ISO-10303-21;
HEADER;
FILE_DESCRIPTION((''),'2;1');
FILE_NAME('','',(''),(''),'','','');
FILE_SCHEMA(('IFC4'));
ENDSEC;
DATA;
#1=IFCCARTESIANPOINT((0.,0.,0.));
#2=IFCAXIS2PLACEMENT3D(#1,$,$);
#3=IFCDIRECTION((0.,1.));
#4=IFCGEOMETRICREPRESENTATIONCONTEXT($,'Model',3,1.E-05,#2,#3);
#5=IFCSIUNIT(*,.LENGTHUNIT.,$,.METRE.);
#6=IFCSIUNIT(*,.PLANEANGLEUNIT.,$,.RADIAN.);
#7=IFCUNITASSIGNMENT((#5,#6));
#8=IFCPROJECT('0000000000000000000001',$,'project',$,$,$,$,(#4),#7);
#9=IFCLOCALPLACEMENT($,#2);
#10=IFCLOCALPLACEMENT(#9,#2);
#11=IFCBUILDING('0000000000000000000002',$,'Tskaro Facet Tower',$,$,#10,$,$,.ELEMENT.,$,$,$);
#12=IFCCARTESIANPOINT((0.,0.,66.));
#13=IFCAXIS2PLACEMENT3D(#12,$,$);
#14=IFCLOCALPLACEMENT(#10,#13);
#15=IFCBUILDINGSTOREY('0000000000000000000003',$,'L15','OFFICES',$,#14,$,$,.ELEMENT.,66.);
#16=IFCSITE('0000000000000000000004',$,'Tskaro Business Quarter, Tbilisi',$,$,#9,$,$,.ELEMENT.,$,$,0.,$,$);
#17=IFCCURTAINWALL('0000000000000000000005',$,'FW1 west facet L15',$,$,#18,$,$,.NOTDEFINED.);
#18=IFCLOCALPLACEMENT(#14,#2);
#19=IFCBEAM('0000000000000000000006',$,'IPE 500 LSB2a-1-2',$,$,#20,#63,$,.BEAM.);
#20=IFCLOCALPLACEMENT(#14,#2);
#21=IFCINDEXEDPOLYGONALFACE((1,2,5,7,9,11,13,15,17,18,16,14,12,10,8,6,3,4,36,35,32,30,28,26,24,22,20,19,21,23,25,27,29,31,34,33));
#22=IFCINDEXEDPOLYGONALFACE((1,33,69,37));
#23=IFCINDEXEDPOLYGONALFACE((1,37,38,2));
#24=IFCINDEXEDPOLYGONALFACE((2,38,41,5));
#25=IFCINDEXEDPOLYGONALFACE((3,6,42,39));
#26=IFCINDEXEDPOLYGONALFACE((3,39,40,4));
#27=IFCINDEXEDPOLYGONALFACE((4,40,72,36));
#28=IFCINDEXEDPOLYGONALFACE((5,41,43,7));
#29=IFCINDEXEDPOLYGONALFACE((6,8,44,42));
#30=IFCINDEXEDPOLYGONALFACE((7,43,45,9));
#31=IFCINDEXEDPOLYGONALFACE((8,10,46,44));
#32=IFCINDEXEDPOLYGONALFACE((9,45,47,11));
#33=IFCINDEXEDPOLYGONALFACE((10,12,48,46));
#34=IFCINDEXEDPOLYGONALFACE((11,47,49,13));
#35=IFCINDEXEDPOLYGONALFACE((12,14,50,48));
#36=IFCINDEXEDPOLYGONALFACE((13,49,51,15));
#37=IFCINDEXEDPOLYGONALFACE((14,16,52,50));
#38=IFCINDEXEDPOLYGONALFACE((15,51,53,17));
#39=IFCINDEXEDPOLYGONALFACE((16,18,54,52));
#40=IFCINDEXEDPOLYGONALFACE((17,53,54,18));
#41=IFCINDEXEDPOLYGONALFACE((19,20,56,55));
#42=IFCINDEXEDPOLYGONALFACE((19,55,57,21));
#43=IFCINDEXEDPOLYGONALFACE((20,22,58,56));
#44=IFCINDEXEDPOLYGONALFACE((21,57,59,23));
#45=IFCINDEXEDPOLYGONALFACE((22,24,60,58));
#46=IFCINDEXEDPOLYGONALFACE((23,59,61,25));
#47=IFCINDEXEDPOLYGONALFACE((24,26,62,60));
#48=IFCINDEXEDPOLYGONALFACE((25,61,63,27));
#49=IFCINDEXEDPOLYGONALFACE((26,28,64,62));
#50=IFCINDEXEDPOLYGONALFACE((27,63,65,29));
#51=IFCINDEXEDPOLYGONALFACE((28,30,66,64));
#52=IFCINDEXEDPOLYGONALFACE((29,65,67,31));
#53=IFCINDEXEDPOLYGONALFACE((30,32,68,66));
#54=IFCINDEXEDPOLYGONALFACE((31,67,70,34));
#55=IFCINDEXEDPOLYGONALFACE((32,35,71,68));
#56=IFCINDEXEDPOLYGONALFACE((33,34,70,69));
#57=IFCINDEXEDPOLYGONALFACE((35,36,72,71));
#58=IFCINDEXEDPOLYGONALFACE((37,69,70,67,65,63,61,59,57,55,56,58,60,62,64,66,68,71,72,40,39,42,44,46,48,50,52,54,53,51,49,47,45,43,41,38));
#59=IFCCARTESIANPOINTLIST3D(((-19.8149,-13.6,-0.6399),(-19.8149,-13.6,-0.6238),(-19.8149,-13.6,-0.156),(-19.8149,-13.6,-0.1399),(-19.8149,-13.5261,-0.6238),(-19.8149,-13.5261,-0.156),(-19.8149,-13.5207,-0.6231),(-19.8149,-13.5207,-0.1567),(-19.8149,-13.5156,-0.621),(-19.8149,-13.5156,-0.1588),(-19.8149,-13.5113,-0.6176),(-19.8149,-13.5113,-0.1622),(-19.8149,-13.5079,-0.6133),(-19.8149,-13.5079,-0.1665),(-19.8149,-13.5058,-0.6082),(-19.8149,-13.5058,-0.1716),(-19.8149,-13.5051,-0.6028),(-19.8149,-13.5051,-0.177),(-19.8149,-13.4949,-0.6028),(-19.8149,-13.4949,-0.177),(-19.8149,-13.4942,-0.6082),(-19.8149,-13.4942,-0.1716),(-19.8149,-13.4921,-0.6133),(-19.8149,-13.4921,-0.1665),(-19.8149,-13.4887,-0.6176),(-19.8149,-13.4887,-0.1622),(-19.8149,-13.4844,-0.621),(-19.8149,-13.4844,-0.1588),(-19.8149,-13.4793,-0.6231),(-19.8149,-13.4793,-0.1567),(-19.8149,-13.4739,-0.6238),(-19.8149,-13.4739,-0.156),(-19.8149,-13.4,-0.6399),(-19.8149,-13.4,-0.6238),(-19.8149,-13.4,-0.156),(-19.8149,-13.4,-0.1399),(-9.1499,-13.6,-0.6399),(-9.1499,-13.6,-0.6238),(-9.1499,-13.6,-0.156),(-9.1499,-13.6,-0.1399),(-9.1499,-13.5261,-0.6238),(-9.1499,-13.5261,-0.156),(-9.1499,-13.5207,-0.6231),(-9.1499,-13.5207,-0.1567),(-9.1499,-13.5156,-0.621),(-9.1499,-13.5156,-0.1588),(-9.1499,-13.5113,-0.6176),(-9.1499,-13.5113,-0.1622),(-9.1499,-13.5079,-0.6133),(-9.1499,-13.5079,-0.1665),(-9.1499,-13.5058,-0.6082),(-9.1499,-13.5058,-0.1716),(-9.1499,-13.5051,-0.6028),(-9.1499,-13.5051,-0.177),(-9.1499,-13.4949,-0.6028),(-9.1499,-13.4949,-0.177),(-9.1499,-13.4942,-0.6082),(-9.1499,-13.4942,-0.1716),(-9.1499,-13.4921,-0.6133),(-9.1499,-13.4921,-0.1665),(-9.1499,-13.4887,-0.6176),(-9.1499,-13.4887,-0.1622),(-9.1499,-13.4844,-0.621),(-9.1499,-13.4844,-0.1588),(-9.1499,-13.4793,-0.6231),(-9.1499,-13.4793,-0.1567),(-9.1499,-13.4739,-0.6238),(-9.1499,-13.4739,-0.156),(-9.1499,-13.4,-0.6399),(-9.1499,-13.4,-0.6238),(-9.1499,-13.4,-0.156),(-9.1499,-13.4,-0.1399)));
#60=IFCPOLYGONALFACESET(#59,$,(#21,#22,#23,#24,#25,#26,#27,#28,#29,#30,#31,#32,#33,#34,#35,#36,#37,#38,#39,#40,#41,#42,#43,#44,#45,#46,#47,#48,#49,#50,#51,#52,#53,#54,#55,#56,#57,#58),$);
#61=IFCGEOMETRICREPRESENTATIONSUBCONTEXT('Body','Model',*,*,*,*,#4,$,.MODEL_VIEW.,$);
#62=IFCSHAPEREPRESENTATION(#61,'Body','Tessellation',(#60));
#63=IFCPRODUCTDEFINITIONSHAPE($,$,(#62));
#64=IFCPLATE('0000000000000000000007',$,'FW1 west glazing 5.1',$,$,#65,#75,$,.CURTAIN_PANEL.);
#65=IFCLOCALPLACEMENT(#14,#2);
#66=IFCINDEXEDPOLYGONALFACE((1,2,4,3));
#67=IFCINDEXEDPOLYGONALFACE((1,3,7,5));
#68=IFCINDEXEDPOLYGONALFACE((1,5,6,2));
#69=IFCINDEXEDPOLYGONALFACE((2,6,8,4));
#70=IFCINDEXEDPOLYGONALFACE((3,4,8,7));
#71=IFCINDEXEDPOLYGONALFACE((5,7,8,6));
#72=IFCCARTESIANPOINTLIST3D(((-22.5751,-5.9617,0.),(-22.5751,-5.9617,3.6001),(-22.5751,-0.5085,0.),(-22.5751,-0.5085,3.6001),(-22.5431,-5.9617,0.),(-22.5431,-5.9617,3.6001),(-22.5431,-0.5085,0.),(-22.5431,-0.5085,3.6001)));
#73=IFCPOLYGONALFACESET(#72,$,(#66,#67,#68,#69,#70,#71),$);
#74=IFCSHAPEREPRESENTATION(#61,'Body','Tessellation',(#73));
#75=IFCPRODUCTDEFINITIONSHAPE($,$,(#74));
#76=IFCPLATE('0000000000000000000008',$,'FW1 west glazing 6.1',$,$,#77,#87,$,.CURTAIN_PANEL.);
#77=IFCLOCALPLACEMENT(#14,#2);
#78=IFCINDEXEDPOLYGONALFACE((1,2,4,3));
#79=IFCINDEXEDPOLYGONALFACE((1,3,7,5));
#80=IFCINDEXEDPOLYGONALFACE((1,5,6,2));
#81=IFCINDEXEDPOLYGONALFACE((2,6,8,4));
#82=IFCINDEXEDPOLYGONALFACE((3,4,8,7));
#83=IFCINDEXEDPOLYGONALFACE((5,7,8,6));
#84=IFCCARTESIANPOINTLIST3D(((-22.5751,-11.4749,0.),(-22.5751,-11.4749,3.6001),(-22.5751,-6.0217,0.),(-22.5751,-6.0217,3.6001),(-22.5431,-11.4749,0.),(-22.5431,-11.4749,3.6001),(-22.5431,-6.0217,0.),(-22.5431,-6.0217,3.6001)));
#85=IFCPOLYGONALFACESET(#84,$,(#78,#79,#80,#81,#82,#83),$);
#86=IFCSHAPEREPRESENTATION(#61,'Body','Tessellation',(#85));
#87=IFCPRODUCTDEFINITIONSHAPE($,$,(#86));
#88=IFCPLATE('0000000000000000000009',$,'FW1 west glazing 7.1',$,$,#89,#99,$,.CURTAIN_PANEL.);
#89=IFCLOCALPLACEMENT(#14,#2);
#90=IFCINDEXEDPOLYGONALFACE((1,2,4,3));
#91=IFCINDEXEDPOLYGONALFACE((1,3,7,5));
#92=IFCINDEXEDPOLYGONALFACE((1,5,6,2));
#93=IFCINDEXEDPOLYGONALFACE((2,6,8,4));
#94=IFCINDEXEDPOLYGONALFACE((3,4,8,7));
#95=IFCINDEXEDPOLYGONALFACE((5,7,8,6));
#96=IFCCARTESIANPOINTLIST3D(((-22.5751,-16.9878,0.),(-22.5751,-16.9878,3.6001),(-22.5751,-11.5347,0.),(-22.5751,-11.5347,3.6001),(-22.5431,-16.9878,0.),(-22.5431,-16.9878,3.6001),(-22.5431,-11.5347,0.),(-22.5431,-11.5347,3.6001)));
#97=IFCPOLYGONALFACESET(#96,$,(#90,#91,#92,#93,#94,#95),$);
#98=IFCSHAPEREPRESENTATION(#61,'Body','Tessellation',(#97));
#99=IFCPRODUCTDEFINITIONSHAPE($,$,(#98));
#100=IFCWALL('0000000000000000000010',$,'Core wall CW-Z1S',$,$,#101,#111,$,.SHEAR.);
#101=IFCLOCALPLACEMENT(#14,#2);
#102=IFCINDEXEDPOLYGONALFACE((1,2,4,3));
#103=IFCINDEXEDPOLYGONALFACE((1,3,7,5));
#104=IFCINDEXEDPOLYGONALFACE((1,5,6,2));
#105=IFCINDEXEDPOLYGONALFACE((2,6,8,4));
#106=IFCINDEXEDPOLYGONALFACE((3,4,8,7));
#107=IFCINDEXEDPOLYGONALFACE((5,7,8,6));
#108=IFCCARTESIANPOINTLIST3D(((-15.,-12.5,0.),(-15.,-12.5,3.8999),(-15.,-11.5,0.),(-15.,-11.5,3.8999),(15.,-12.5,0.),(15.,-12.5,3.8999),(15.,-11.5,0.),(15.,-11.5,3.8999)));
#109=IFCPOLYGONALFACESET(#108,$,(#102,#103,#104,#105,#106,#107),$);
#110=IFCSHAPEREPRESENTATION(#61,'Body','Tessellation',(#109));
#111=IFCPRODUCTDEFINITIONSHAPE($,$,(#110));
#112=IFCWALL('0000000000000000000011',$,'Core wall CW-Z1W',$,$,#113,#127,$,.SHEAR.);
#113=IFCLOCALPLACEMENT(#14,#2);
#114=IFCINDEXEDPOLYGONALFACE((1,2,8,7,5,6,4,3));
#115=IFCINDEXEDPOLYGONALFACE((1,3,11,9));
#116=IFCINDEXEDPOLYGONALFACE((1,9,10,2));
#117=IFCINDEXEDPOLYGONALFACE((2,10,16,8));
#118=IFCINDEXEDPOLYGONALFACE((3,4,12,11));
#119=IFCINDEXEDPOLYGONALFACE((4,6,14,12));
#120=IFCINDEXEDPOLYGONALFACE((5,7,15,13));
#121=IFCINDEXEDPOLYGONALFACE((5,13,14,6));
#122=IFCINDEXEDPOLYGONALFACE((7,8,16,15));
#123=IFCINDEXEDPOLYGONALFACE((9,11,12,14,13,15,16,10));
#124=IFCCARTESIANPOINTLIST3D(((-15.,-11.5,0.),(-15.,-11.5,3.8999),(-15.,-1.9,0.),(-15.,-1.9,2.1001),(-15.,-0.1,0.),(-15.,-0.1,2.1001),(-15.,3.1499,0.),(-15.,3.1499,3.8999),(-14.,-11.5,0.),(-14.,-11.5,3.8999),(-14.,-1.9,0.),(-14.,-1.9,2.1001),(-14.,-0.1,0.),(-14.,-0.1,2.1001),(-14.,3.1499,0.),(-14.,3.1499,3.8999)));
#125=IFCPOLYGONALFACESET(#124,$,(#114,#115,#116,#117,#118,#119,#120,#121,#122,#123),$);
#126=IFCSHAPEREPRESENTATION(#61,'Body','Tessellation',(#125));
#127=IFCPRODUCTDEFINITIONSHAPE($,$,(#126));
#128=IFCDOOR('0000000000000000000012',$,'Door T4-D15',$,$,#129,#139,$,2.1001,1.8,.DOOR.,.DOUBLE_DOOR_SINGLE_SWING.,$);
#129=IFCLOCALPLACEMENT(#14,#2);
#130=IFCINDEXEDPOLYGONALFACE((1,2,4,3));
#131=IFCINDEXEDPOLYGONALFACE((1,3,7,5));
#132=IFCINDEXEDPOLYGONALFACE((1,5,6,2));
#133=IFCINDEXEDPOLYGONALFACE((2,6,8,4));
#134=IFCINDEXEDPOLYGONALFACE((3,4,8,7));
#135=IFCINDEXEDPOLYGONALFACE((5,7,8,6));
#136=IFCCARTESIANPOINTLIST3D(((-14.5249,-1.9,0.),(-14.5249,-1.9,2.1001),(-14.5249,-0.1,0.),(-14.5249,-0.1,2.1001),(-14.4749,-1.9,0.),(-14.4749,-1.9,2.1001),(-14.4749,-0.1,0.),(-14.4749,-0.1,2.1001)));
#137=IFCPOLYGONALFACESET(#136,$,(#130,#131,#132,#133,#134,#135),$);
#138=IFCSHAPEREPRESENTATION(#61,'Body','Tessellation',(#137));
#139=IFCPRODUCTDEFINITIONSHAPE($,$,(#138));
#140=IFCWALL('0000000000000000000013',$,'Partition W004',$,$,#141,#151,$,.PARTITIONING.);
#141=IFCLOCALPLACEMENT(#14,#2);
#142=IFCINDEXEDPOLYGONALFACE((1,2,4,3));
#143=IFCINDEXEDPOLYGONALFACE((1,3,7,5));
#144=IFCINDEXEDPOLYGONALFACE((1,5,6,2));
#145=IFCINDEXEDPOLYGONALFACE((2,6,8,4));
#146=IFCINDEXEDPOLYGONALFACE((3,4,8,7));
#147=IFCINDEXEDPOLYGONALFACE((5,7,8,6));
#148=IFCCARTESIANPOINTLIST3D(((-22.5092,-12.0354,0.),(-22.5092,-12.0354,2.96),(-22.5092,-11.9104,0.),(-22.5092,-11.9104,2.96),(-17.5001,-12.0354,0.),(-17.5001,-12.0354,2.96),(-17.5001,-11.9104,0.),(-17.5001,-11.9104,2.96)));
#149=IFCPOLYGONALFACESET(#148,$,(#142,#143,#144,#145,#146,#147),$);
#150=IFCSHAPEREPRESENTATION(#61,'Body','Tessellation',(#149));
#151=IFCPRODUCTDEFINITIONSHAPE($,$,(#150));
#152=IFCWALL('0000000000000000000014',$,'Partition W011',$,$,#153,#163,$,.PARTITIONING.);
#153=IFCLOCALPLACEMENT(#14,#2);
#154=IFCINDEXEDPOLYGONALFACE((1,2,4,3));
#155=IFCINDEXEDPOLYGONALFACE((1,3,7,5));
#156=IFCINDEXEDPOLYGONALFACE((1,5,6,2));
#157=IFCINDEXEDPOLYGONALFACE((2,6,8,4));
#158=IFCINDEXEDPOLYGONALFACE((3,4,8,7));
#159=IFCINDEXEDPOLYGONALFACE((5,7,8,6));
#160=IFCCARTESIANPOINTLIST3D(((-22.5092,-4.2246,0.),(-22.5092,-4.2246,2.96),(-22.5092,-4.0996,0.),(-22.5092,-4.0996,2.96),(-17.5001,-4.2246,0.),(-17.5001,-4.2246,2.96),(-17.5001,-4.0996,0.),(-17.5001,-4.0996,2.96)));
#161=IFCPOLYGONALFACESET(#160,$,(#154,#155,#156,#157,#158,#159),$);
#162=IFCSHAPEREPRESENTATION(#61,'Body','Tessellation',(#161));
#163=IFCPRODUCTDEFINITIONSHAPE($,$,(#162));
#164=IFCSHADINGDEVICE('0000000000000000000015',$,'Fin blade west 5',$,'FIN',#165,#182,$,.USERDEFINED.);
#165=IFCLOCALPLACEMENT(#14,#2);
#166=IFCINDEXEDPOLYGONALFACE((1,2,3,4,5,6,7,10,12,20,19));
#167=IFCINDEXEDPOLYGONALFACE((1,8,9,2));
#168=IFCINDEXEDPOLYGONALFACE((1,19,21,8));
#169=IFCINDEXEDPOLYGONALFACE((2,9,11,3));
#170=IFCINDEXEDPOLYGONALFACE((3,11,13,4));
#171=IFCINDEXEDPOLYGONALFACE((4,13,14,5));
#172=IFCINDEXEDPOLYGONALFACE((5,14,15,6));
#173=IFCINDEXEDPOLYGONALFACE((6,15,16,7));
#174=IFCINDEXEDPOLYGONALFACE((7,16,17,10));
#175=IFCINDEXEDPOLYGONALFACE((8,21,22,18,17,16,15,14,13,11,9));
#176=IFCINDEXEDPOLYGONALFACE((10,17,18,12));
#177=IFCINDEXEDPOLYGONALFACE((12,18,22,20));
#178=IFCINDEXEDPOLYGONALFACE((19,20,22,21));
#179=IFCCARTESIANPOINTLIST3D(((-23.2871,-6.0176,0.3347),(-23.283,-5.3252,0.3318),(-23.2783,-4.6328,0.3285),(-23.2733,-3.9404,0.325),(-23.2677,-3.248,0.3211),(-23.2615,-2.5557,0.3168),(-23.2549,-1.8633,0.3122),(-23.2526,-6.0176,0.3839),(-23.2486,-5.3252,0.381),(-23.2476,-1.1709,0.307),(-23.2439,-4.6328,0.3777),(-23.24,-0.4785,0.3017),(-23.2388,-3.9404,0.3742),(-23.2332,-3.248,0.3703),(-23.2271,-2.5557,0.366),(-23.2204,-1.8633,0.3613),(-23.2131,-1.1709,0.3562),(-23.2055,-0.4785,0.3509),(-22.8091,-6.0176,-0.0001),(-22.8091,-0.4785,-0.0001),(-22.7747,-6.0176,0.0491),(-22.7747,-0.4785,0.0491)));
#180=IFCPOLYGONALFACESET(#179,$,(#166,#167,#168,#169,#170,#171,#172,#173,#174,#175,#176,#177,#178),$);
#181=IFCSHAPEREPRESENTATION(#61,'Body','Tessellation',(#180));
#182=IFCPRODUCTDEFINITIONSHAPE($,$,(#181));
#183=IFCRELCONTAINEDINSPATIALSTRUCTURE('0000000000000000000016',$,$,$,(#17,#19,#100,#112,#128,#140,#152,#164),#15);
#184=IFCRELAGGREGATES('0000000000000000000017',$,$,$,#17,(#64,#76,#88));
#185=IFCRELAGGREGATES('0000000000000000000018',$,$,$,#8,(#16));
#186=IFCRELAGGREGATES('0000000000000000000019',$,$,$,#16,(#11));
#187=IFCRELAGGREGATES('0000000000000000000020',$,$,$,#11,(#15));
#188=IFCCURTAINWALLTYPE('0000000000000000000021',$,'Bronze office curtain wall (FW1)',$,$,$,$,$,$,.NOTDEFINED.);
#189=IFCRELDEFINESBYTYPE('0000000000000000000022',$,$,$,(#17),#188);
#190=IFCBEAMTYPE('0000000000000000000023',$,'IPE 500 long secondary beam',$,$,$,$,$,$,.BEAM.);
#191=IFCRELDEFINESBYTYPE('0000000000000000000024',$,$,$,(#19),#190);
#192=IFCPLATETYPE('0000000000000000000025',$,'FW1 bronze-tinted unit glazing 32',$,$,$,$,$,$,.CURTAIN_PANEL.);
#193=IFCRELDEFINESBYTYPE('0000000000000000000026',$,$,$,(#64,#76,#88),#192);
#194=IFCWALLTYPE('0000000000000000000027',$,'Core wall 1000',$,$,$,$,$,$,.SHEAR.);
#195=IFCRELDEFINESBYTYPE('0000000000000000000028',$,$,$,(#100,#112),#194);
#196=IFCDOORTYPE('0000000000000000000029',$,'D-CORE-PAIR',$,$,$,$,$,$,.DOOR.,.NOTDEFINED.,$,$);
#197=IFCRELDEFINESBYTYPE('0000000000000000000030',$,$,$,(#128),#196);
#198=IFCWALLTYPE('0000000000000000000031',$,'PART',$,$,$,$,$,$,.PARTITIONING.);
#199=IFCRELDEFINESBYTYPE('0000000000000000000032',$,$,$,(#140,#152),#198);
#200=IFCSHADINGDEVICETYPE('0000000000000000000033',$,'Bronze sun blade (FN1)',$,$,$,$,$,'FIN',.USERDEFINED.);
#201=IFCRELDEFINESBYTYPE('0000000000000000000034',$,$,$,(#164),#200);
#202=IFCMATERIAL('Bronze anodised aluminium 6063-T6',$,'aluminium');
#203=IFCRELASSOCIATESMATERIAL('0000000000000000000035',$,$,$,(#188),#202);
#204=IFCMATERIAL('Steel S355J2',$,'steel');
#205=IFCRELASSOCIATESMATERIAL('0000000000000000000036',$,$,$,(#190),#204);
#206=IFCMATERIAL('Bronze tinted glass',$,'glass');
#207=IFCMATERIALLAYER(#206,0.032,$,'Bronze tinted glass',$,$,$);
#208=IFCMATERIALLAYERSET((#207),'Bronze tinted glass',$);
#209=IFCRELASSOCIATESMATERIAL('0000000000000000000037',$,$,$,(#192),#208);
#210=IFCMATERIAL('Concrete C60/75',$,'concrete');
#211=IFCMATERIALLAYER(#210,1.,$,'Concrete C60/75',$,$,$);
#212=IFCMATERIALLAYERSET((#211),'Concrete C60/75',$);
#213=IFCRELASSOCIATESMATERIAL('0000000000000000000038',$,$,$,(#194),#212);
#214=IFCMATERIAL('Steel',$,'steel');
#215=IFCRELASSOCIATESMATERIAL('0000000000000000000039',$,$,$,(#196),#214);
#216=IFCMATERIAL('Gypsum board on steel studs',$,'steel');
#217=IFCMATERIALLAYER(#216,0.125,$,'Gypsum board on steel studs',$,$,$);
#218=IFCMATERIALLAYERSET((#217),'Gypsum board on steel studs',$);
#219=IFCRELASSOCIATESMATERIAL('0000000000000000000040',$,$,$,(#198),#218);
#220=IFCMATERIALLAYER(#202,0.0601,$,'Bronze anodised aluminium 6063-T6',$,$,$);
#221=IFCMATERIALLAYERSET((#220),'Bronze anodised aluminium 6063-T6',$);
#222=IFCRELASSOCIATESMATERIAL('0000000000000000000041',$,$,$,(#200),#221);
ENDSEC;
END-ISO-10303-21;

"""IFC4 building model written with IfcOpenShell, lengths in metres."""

from ifc_helpers import new_model, si_unit, direction, frame, frame_2d, origin, origin_2d, place, context, subcontext, project, spatial, polyline, rectangle, i_section, outline, extrude, material, layer, layer_set, material_profile, profile_set, type_object, element, fill, aggregate, save


model = new_model("IFC4")

# Units and contexts
model_context = context("Model", 3, precision=1e-05, world=origin(), true_north=direction((0.0, 1.0)))
body_context = subcontext(model_context, "Body", "Model", "MODEL_VIEW")
ifc_project = project(units=[si_unit("LENGTHUNIT", "METRE"), si_unit("PLANEANGLEUNIT", "RADIAN")], contexts=[model_context])

# Site, building, storey
site_placement = place(None, origin())
site = spatial("IfcSite", under=ifc_project, at=site_placement, Name="Tskaro Business Quarter, Tbilisi", CompositionType="ELEMENT", RefElevation=0.0)
building_placement = place(site_placement, origin())
building = spatial("IfcBuilding", under=site, at=building_placement, Name="Tskaro Facet Tower", CompositionType="ELEMENT")
storey_placement = place(building_placement, frame((0.0, 0.0, 66.0)))
storey = spatial("IfcBuildingStorey", under=building, at=storey_placement, Name="L15", Description="OFFICES", CompositionType="ELEMENT", Elevation=66.0)

# Curtain wall
ifc_material_1 = material(Name="Bronze anodised aluminium 6063-T6", Category="aluminium")
curtain_wall_type = type_object("IfcCurtainWallType", Name="Bronze office curtain wall (FW1)", PredefinedType="NOTDEFINED", material=ifc_material_1)
curtain_wall_placement = place(storey_placement, origin())
curtain_wall = element("IfcCurtainWall", 1, at=curtain_wall_placement, inside=storey, type_object=curtain_wall_type, Name="FW1 west facet L15", PredefinedType="NOTDEFINED")

# Beam
ifc_material_2 = material(Name="Steel S355J2", Category="steel")
ifc_material_profile_1 = material_profile(ifc_material_2, i_section(OverallWidth=0.2, OverallDepth=0.5, WebThickness=0.0103, FlangeThickness=0.0161, FilletRadius=0.021, at=origin_2d()), Name="IPE 500")
ifc_profile_set_1 = profile_set([ifc_material_profile_1], Name="Steel S355J2")
beam_type_1 = type_object("IfcBeamType", Name="IPE 500 long secondary beam", PredefinedType="BEAM", material=ifc_profile_set_1)
beam_1_placement = place(storey_placement, frame((-19.8149, -13.5, -0.3899), z_axis=(1.0, 0.0, 0.0), x_axis=(0.0, 1.0, 0.0)))
element("IfcBeam", 2, at=beam_1_placement, inside=storey, type_object=beam_type_1, Name="IPE 500 LSB2a-1-2", PredefinedType="BEAM", context=body_context, shape_type="SweptSolid", body=[
    extrude(i_section(OverallWidth=0.2, OverallDepth=0.5, WebThickness=0.0103, FlangeThickness=0.0161, FilletRadius=0.021, at=origin_2d()), origin(), (0.0, 0.0, 1.0), 10.665),
])

# Plates
ifc_material_3 = material(Name="Bronze tinted glass", Category="glass")
ifc_layer_1 = layer(ifc_material_3, 0.032, Name="Bronze tinted glass")
ifc_layer_set_1 = layer_set([ifc_layer_1], Name="Bronze tinted glass")
plate_type = type_object("IfcPlateType", Name="FW1 bronze-tinted unit glazing 32", PredefinedType="CURTAIN_PANEL", material=ifc_layer_set_1)
plate_1_placement = place(storey_placement, frame((-22.5591, -3.2351, 0.0), z_axis=(0.0, 0.0, 1.0), x_axis=(0.0, -1.0, 0.0)))
plate_1 = element("IfcPlate", 3, at=plate_1_placement, type_object=plate_type, Name="FW1 west glazing 5.1", PredefinedType="CURTAIN_PANEL", context=body_context, shape_type="SweptSolid", body=[
    extrude(rectangle(XDim=5.4531, YDim=0.032, at=origin_2d()), origin(), (0.0, 0.0, 1.0), 3.6001),
])
plate_2_placement = place(storey_placement, frame((-22.5591, -8.7483, 0.0), z_axis=(0.0, 0.0, 1.0), x_axis=(0.0, -1.0, 0.0)))
plate_2 = element("IfcPlate", 4, at=plate_2_placement, type_object=plate_type, Name="FW1 west glazing 6.1", PredefinedType="CURTAIN_PANEL", context=body_context, shape_type="SweptSolid", body=[
    extrude(rectangle(XDim=5.4531, YDim=0.032, at=origin_2d()), origin(), (0.0, 0.0, 1.0), 3.6001),
])
plate_3_placement = place(storey_placement, frame((-22.5591, -14.2612, 0.0), z_axis=(0.0, 0.0, 1.0), x_axis=(0.0, -1.0, 0.0)))
plate_3 = element("IfcPlate", 5, at=plate_3_placement, type_object=plate_type, Name="FW1 west glazing 7.1", PredefinedType="CURTAIN_PANEL", context=body_context, shape_type="SweptSolid", body=[
    extrude(rectangle(XDim=5.4531, YDim=0.032, at=origin_2d()), origin(), (0.0, 0.0, 1.0), 3.6001),
])
aggregate(curtain_wall, [plate_1, plate_2, plate_3])

# Wall
ifc_material_4 = material(Name="Concrete C60/75", Category="concrete")
ifc_layer_2 = layer(ifc_material_4, 1.0, Name="Concrete C60/75")
ifc_layer_set_2 = layer_set([ifc_layer_2], Name="Concrete C60/75")
wall_type_1 = type_object("IfcWallType", Name="Core wall 1000", PredefinedType="SHEAR", material=ifc_layer_set_2)
wall_1_placement = place(storey_placement, frame((-15.0, -12.0, 0.0), z_axis=(0.0, 0.0, 1.0), x_axis=(1.0, 0.0, 0.0)))
element("IfcWall", 6, at=wall_1_placement, inside=storey, type_object=wall_type_1, Name="Core wall CW-Z1S", PredefinedType="SHEAR", context=body_context, shape_type="SweptSolid", body=[
    extrude(rectangle(XDim=30.0, YDim=1.0, at=frame_2d((15.0, 0.0))), origin(), (0.0, 0.0, 1.0), 3.8999),
])

# Wall, opening, door
wall_2_placement = place(storey_placement, frame((-14.5, -11.5, 0.0), z_axis=(0.0, 0.0, 1.0), x_axis=(0.0, 1.0, 0.0)))
wall_2 = element("IfcWall", 7, at=wall_2_placement, inside=storey, type_object=wall_type_1, Name="Core wall CW-Z1W", PredefinedType="SHEAR", context=body_context, shape_type="SweptSolid", body=[
    extrude(rectangle(XDim=14.6499, YDim=1.0, at=frame_2d((7.325, 0.0))), origin(), (0.0, 0.0, 1.0), 3.8999),
])
opening_placement = place(wall_2_placement, frame((9.6001, 0.0, 0.0)))
opening = element("IfcOpeningElement", 8, at=opening_placement, cuts=wall_2, PredefinedType="OPENING", context=body_context, shape_type="SweptSolid", body=[
    extrude(rectangle(XDim=1.8, YDim=2.1001, at=frame_2d((0.8999, 1.05))), frame((0.0, 0.51, 0.0), z_axis=(0.0, -1.0, 0.0), x_axis=(1.0, 0.0, 0.0)), (0.0, 0.0, 1.0), 1.02),
])
ifc_material_5 = material(Name="Steel", Category="steel")
door_type = type_object("IfcDoorType", Name="D-CORE-PAIR", OperationType="NOTDEFINED", PredefinedType="DOOR", material=ifc_material_5)
door_placement = place(opening_placement, origin())
door = element("IfcDoor", 9, at=door_placement, inside=storey, type_object=door_type, Name="Door T4-D15", OperationType="DOUBLE_DOOR_SINGLE_SWING", OverallHeight=2.1001, OverallWidth=1.8, PredefinedType="DOOR", context=body_context, shape_type="SweptSolid", body=[
    extrude(rectangle(XDim=1.8, YDim=2.1001, at=frame_2d((0.8999, 1.05))), frame((0.0, 0.0249, 0.0), z_axis=(0.0, -1.0, 0.0), x_axis=(1.0, 0.0, 0.0)), (0.0, 0.0, 1.0), 0.05),
])
fill(opening, door)

# Walls
ifc_material_6 = material(Name="Gypsum board on steel studs", Category="steel")
ifc_layer_3 = layer(ifc_material_6, 0.125, Name="Gypsum board on steel studs")
ifc_layer_set_3 = layer_set([ifc_layer_3], Name="Gypsum board on steel studs")
wall_type_2 = type_object("IfcWallType", Name="PART", PredefinedType="PARTITIONING", material=ifc_layer_set_3)
for number, where, z_axis, x_axis, name in (
    (10, (-22.509, -11.9729, 0.0), (0.0, 0.0, 1.0), (1.0, 0.0, 0.0), "Partition W004"),
    (11, (-22.509, -4.1621, 0.0), (0.0, 0.0, 1.0), (1.0, 0.0, 0.0), "Partition W011"),
):
    element("IfcWall", number, at=place(storey_placement, frame(where, z_axis=z_axis, x_axis=x_axis)), inside=storey, type_object=wall_type_2, Name=name, PredefinedType="PARTITIONING", context=body_context, shape_type="SweptSolid", body=[
        extrude(rectangle(XDim=5.009, YDim=0.125, at=frame_2d((2.5044, 0.0))), origin(), (0.0, 0.0, 1.0), 2.96),
    ])

# Shading device
ifc_layer_4 = layer(ifc_material_1, 0.0601, Name="Bronze anodised aluminium 6063-T6")
ifc_layer_set_4 = layer_set([ifc_layer_4], Name="Bronze anodised aluminium 6063-T6")
shading_device_type = type_object("IfcShadingDeviceType", Name="Bronze sun blade (FN1)", ElementType="FIN", PredefinedType="USERDEFINED", material=ifc_layer_set_4)
shading_device_1_placement = place(storey_placement, frame((-22.7747, -0.4785, 0.0491), z_axis=(0.573739, -0.000004, 0.819038), x_axis=(-0.000003, -1.0, -0.000004)))
element("IfcShadingDevice", 12, at=shading_device_1_placement, inside=storey, type_object=shading_device_type, Name="Fin blade west 5", ObjectType="FIN", PredefinedType="USERDEFINED", context=body_context, shape_type="SweptSolid", body=[
    extrude(outline(polyline([(0.0, 0.0), (5.5391, 0.0), (5.5391, -0.5836), (4.8467, -0.5786), (4.1543, -0.5729), (3.4619, -0.5667), (2.7695, -0.5599), (2.0771, -0.5523), (1.3848, -0.5443), (0.6924, -0.5353), (0.0, -0.5261), (0.0, 0.0)])), origin(), (0.0, 0.0, -1.0), 0.0601),
])

save(model, "model.ifc")
